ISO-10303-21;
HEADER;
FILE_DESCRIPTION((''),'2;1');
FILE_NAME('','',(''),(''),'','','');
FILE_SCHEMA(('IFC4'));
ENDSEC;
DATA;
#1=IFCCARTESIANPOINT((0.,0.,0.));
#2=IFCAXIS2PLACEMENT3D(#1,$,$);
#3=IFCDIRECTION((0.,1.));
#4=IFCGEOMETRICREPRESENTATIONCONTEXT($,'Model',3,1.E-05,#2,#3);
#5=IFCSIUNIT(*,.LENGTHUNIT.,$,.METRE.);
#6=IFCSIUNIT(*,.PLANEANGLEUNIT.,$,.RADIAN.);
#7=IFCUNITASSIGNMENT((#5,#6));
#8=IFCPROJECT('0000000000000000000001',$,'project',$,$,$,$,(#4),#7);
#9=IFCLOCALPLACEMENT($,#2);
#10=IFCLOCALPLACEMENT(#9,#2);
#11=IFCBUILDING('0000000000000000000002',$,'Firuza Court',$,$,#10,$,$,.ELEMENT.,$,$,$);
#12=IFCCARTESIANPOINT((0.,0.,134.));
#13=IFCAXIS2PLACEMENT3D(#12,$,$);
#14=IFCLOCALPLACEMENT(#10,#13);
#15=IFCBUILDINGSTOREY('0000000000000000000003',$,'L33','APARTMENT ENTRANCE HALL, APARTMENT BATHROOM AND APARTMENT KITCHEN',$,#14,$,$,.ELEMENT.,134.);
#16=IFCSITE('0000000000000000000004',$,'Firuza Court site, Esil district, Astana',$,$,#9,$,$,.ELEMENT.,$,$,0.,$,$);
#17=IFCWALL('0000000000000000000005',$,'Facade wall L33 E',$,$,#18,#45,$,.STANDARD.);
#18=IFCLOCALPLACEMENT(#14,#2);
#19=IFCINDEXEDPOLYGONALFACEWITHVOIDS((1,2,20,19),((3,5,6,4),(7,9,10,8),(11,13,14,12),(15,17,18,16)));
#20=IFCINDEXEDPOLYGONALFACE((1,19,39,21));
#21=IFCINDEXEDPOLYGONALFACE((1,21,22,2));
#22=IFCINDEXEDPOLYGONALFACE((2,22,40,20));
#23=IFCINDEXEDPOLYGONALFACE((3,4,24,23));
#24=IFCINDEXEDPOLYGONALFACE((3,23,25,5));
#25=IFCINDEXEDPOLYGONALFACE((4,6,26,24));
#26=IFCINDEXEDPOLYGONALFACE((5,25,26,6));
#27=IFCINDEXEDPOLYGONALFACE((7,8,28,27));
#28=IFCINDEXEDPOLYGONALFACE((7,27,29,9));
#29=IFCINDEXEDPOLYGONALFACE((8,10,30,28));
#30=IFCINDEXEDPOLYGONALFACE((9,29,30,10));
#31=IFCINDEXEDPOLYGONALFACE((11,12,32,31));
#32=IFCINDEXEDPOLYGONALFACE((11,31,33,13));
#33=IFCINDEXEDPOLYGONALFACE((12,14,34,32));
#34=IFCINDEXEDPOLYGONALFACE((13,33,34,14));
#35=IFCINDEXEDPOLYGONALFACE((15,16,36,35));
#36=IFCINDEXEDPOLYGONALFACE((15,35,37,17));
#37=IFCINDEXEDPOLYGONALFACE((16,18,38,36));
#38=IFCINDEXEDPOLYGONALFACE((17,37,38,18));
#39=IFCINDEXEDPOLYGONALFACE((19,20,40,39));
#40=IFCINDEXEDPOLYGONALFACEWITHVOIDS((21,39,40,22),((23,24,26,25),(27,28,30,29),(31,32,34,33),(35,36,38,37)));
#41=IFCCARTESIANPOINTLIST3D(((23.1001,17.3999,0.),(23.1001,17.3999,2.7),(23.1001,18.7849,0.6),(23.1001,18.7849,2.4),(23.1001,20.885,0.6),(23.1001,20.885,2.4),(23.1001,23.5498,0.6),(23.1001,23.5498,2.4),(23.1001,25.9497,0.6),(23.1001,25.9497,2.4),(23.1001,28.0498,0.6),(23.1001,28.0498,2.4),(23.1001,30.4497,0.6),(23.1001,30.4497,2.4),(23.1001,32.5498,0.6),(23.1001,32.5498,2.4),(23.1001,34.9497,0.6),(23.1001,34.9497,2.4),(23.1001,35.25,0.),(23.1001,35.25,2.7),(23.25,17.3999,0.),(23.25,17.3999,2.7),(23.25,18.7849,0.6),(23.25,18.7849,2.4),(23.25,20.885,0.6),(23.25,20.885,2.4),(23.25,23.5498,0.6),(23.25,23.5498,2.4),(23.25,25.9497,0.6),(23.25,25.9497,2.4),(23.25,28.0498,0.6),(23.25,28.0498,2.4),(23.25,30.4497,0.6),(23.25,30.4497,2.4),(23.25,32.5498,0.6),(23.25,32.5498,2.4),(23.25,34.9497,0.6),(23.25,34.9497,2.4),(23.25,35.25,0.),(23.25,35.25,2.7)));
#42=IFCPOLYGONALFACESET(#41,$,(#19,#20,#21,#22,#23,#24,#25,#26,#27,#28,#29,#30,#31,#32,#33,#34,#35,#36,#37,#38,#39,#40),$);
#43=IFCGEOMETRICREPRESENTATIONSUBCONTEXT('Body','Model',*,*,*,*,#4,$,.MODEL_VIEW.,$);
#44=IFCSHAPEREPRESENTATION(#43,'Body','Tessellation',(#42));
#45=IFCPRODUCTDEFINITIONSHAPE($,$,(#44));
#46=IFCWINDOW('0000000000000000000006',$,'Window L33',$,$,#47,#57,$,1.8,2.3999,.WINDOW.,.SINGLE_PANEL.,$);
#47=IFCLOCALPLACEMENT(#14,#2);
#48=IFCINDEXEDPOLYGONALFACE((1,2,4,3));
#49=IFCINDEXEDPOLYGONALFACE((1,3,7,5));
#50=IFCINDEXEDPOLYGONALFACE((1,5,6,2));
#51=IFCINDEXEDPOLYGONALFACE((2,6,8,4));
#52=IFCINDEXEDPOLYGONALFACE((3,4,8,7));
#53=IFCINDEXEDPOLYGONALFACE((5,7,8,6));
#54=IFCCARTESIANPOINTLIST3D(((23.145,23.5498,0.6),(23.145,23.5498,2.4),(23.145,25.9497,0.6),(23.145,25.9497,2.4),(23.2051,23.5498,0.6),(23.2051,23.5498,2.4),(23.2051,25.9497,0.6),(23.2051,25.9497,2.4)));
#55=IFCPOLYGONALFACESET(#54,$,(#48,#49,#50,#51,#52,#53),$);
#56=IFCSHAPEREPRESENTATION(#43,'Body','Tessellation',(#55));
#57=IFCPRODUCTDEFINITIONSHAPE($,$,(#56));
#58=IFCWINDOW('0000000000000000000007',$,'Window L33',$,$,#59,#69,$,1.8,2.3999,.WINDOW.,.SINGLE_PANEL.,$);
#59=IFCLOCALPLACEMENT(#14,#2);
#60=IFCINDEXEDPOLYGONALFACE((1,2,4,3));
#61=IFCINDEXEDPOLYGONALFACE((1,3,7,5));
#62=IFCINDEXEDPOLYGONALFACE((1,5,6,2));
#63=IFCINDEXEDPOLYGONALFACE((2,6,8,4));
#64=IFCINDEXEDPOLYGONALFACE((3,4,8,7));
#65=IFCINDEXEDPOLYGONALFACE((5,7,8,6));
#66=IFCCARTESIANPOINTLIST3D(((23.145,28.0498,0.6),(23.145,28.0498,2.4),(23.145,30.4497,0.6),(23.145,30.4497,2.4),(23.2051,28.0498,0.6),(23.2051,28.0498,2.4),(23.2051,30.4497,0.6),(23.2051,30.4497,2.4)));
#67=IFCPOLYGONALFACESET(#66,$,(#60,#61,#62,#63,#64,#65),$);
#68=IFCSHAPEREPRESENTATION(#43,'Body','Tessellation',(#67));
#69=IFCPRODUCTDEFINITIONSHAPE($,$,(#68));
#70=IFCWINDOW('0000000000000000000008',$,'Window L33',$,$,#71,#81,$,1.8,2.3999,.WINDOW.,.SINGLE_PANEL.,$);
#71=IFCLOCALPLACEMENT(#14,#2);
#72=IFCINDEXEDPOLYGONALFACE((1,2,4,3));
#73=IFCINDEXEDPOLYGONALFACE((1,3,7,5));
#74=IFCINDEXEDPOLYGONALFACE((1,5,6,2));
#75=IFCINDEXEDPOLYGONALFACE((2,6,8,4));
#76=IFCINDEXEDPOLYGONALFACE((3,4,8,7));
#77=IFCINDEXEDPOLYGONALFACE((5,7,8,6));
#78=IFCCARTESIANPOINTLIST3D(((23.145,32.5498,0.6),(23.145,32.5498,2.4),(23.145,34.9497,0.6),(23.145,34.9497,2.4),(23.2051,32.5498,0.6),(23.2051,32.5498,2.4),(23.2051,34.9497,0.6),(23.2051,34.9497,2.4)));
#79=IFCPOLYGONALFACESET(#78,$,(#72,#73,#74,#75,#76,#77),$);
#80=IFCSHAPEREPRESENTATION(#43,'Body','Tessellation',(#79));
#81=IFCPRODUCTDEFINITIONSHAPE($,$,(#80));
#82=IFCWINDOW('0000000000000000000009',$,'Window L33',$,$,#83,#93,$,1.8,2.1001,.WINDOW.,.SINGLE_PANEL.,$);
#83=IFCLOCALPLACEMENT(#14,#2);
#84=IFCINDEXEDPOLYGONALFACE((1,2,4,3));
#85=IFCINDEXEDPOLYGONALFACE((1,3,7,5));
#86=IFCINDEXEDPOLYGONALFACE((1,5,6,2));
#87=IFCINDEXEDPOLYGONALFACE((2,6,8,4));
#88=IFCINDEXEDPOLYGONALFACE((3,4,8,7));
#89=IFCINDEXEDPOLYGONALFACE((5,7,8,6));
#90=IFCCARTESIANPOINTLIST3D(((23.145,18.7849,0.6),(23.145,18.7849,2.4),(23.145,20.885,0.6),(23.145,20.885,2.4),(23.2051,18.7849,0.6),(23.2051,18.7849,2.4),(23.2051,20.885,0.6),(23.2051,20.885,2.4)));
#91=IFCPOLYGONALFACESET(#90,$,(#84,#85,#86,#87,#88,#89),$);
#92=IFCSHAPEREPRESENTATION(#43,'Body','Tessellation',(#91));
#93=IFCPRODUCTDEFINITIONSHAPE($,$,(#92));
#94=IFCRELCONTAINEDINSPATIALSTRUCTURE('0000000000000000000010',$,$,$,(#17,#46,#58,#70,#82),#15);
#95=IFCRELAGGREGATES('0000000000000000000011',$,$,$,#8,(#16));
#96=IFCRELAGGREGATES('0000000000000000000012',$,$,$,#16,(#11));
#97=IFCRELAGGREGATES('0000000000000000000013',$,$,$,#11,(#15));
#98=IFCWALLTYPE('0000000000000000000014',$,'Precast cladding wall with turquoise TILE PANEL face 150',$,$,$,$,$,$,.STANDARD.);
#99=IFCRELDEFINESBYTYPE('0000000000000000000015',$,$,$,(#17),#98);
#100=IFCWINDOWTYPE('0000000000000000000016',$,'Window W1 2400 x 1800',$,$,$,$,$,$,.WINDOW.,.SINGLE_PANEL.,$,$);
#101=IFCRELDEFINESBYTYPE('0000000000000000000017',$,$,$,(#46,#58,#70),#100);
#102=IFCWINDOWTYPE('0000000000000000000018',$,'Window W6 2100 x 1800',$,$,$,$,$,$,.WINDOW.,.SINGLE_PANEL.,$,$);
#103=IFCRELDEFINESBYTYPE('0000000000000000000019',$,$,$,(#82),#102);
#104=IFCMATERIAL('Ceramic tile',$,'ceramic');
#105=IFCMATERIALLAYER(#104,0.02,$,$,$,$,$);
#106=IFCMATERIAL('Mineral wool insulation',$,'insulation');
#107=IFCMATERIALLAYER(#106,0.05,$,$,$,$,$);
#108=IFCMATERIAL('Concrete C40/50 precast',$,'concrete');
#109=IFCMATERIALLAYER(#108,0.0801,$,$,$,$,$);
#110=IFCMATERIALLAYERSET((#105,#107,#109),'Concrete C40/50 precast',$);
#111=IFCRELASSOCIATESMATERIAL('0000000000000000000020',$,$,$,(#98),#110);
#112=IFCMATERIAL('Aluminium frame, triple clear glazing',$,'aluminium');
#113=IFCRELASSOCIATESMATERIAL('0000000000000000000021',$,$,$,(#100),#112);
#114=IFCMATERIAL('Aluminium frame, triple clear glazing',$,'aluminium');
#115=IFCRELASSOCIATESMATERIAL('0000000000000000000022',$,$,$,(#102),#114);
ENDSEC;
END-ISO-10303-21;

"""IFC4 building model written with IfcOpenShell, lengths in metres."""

from ifc_helpers import new_model, si_unit, direction, frame, frame_2d, origin, place, context, subcontext, project, spatial, rectangle, extrude, material, layer, layer_set, type_object, element, fill, save


model = new_model("IFC4")

# Units and contexts
model_context = context("Model", 3, precision=1e-05, world=origin(), true_north=direction((0.0, 1.0)))
body_context = subcontext(model_context, "Body", "Model", "MODEL_VIEW")
ifc_project = project(units=[si_unit("LENGTHUNIT", "METRE"), si_unit("PLANEANGLEUNIT", "RADIAN")], contexts=[model_context])

# Site, building, storey
site_placement = place(None, origin())
site = spatial("IfcSite", under=ifc_project, at=site_placement, Name="Firuza Court site, Esil district, Astana", CompositionType="ELEMENT", RefElevation=0.0)
building_placement = place(site_placement, origin())
building = spatial("IfcBuilding", under=site, at=building_placement, Name="Firuza Court", CompositionType="ELEMENT")
storey_placement = place(building_placement, frame((0.0, 0.0, 134.0)))
storey = spatial("IfcBuildingStorey", under=building, at=storey_placement, Name="L33", Description="APARTMENT ENTRANCE HALL, APARTMENT BATHROOM AND APARTMENT KITCHEN", CompositionType="ELEMENT", Elevation=134.0)

# Shared definitions
ifc_material_1 = material(Name="Ceramic tile", Category="ceramic")
ifc_layer_1 = layer(ifc_material_1, 0.02)
ifc_material_2 = material(Name="Mineral wool insulation", Category="insulation")
ifc_layer_2 = layer(ifc_material_2, 0.05)
ifc_material_3 = material(Name="Concrete C40/50 precast", Category="concrete")
ifc_layer_3 = layer(ifc_material_3, 0.0801)
ifc_layer_set_1 = layer_set([ifc_layer_1, ifc_layer_2, ifc_layer_3], Name="Concrete C40/50 precast")
wall_type_1 = type_object("IfcWallType", Name="Precast cladding wall with turquoise TILE PANEL face 150", PredefinedType="STANDARD", material=ifc_layer_set_1)
ifc_material_4 = material(Name="Aluminium frame, triple clear glazing", Category="aluminium")
window_type_1 = type_object("IfcWindowType", Name="Window W1 2400 x 1800", PartitioningType="SINGLE_PANEL", PredefinedType="WINDOW", material=ifc_material_4)

# Wall, openings, windows
wall_1_placement = place(storey_placement, frame((23.175, 17.3999, 0.0), z_axis=(0.0, 0.0, 1.0), x_axis=(0.0, 1.0, 0.0)))
wall_1 = element("IfcWall", 1, at=wall_1_placement, inside=storey, type_object=wall_type_1, Name="Facade wall L33 E", PredefinedType="STANDARD", context=body_context, shape_type="SweptSolid", body=[
    extrude(rectangle(XDim=17.8501, YDim=0.1499, at=frame_2d((8.925, 0.0))), origin(), (0.0, 0.0, 1.0), 2.7),
])
opening_1_placement = place(wall_1_placement, frame((1.385, 0.0, 0.6001)))
opening_1 = element("IfcOpeningElement", 2, at=opening_1_placement, cuts=wall_1, PredefinedType="OPENING", context=body_context, shape_type="SweptSolid", body=[
    extrude(rectangle(XDim=2.1001, YDim=1.8, at=frame_2d((1.05, 0.8999))), frame((0.0, 0.0869, 0.0), z_axis=(0.0, -1.0, 0.0), x_axis=(1.0, 0.0, 0.0)), (0.0, 0.0, 1.0), 0.1738),
])
opening_2_placement = place(wall_1_placement, frame((6.1499, 0.0, 0.6001)))
opening_2 = element("IfcOpeningElement", 3, at=opening_2_placement, cuts=wall_1, PredefinedType="OPENING", context=body_context, shape_type="SweptSolid", body=[
    extrude(rectangle(XDim=2.3999, YDim=1.8, at=frame_2d((1.2, 0.8999))), frame((0.0, 0.0869, 0.0), z_axis=(0.0, -1.0, 0.0), x_axis=(1.0, 0.0, 0.0)), (0.0, 0.0, 1.0), 0.1738),
])
opening_3_placement = place(wall_1_placement, frame((10.6499, 0.0, 0.6001)))
opening_3 = element("IfcOpeningElement", 4, at=opening_3_placement, cuts=wall_1, PredefinedType="OPENING", context=body_context, shape_type="SweptSolid", body=[
    extrude(rectangle(XDim=2.3999, YDim=1.8, at=frame_2d((1.2, 0.8999))), frame((0.0, 0.0869, 0.0), z_axis=(0.0, -1.0, 0.0), x_axis=(1.0, 0.0, 0.0)), (0.0, 0.0, 1.0), 0.1738),
])
opening_4_placement = place(wall_1_placement, frame((15.1499, 0.0, 0.6001)))
opening_4 = element("IfcOpeningElement", 5, at=opening_4_placement, cuts=wall_1, PredefinedType="OPENING", context=body_context, shape_type="SweptSolid", body=[
    extrude(rectangle(XDim=2.3999, YDim=1.8, at=frame_2d((1.2, 0.8999))), frame((0.0, 0.0869, 0.0), z_axis=(0.0, -1.0, 0.0), x_axis=(1.0, 0.0, 0.0)), (0.0, 0.0, 1.0), 0.1738),
])
window_1_placement = place(opening_2_placement, origin())
window_1 = element("IfcWindow", 6, at=window_1_placement, inside=storey, type_object=window_type_1, Name="Window L33", OverallHeight=1.8, OverallWidth=2.3999, PartitioningType="SINGLE_PANEL", PredefinedType="WINDOW", context=body_context, shape_type="SweptSolid", body=[
    extrude(rectangle(XDim=2.3999, YDim=1.8, at=frame_2d((1.2, 0.8999))), frame((0.0, 0.03, 0.0), z_axis=(0.0, -1.0, 0.0), x_axis=(1.0, 0.0, 0.0)), (0.0, 0.0, 1.0), 0.0601),
])
fill(opening_2, window_1)
window_2_placement = place(opening_3_placement, origin())
window_2 = element("IfcWindow", 7, at=window_2_placement, inside=storey, type_object=window_type_1, Name="Window L33", OverallHeight=1.8, OverallWidth=2.3999, PartitioningType="SINGLE_PANEL", PredefinedType="WINDOW", context=body_context, shape_type="SweptSolid", body=[
    extrude(rectangle(XDim=2.3999, YDim=1.8, at=frame_2d((1.2, 0.8999))), frame((0.0, 0.03, 0.0), z_axis=(0.0, -1.0, 0.0), x_axis=(1.0, 0.0, 0.0)), (0.0, 0.0, 1.0), 0.0601),
])
fill(opening_3, window_2)
window_3_placement = place(opening_4_placement, origin())
window_3 = element("IfcWindow", 8, at=window_3_placement, inside=storey, type_object=window_type_1, Name="Window L33", OverallHeight=1.8, OverallWidth=2.3999, PartitioningType="SINGLE_PANEL", PredefinedType="WINDOW", context=body_context, shape_type="SweptSolid", body=[
    extrude(rectangle(XDim=2.3999, YDim=1.8, at=frame_2d((1.2, 0.8999))), frame((0.0, 0.03, 0.0), z_axis=(0.0, -1.0, 0.0), x_axis=(1.0, 0.0, 0.0)), (0.0, 0.0, 1.0), 0.0601),
])
fill(opening_4, window_3)
ifc_material_5 = material(Name="Aluminium frame, triple clear glazing", Category="aluminium")
window_type_2 = type_object("IfcWindowType", Name="Window W6 2100 x 1800", PartitioningType="SINGLE_PANEL", PredefinedType="WINDOW", material=ifc_material_5)
window_4_placement = place(opening_1_placement, origin())
window_4 = element("IfcWindow", 9, at=window_4_placement, inside=storey, type_object=window_type_2, Name="Window L33", OverallHeight=1.8, OverallWidth=2.1001, PartitioningType="SINGLE_PANEL", PredefinedType="WINDOW", context=body_context, shape_type="SweptSolid", body=[
    extrude(rectangle(XDim=2.1001, YDim=1.8, at=frame_2d((1.05, 0.8999))), frame((0.0, 0.03, 0.0), z_axis=(0.0, -1.0, 0.0), x_axis=(1.0, 0.0, 0.0)), (0.0, 0.0, 1.0), 0.0601),
])
fill(opening_1, window_4)

save(model, "model.ifc")
